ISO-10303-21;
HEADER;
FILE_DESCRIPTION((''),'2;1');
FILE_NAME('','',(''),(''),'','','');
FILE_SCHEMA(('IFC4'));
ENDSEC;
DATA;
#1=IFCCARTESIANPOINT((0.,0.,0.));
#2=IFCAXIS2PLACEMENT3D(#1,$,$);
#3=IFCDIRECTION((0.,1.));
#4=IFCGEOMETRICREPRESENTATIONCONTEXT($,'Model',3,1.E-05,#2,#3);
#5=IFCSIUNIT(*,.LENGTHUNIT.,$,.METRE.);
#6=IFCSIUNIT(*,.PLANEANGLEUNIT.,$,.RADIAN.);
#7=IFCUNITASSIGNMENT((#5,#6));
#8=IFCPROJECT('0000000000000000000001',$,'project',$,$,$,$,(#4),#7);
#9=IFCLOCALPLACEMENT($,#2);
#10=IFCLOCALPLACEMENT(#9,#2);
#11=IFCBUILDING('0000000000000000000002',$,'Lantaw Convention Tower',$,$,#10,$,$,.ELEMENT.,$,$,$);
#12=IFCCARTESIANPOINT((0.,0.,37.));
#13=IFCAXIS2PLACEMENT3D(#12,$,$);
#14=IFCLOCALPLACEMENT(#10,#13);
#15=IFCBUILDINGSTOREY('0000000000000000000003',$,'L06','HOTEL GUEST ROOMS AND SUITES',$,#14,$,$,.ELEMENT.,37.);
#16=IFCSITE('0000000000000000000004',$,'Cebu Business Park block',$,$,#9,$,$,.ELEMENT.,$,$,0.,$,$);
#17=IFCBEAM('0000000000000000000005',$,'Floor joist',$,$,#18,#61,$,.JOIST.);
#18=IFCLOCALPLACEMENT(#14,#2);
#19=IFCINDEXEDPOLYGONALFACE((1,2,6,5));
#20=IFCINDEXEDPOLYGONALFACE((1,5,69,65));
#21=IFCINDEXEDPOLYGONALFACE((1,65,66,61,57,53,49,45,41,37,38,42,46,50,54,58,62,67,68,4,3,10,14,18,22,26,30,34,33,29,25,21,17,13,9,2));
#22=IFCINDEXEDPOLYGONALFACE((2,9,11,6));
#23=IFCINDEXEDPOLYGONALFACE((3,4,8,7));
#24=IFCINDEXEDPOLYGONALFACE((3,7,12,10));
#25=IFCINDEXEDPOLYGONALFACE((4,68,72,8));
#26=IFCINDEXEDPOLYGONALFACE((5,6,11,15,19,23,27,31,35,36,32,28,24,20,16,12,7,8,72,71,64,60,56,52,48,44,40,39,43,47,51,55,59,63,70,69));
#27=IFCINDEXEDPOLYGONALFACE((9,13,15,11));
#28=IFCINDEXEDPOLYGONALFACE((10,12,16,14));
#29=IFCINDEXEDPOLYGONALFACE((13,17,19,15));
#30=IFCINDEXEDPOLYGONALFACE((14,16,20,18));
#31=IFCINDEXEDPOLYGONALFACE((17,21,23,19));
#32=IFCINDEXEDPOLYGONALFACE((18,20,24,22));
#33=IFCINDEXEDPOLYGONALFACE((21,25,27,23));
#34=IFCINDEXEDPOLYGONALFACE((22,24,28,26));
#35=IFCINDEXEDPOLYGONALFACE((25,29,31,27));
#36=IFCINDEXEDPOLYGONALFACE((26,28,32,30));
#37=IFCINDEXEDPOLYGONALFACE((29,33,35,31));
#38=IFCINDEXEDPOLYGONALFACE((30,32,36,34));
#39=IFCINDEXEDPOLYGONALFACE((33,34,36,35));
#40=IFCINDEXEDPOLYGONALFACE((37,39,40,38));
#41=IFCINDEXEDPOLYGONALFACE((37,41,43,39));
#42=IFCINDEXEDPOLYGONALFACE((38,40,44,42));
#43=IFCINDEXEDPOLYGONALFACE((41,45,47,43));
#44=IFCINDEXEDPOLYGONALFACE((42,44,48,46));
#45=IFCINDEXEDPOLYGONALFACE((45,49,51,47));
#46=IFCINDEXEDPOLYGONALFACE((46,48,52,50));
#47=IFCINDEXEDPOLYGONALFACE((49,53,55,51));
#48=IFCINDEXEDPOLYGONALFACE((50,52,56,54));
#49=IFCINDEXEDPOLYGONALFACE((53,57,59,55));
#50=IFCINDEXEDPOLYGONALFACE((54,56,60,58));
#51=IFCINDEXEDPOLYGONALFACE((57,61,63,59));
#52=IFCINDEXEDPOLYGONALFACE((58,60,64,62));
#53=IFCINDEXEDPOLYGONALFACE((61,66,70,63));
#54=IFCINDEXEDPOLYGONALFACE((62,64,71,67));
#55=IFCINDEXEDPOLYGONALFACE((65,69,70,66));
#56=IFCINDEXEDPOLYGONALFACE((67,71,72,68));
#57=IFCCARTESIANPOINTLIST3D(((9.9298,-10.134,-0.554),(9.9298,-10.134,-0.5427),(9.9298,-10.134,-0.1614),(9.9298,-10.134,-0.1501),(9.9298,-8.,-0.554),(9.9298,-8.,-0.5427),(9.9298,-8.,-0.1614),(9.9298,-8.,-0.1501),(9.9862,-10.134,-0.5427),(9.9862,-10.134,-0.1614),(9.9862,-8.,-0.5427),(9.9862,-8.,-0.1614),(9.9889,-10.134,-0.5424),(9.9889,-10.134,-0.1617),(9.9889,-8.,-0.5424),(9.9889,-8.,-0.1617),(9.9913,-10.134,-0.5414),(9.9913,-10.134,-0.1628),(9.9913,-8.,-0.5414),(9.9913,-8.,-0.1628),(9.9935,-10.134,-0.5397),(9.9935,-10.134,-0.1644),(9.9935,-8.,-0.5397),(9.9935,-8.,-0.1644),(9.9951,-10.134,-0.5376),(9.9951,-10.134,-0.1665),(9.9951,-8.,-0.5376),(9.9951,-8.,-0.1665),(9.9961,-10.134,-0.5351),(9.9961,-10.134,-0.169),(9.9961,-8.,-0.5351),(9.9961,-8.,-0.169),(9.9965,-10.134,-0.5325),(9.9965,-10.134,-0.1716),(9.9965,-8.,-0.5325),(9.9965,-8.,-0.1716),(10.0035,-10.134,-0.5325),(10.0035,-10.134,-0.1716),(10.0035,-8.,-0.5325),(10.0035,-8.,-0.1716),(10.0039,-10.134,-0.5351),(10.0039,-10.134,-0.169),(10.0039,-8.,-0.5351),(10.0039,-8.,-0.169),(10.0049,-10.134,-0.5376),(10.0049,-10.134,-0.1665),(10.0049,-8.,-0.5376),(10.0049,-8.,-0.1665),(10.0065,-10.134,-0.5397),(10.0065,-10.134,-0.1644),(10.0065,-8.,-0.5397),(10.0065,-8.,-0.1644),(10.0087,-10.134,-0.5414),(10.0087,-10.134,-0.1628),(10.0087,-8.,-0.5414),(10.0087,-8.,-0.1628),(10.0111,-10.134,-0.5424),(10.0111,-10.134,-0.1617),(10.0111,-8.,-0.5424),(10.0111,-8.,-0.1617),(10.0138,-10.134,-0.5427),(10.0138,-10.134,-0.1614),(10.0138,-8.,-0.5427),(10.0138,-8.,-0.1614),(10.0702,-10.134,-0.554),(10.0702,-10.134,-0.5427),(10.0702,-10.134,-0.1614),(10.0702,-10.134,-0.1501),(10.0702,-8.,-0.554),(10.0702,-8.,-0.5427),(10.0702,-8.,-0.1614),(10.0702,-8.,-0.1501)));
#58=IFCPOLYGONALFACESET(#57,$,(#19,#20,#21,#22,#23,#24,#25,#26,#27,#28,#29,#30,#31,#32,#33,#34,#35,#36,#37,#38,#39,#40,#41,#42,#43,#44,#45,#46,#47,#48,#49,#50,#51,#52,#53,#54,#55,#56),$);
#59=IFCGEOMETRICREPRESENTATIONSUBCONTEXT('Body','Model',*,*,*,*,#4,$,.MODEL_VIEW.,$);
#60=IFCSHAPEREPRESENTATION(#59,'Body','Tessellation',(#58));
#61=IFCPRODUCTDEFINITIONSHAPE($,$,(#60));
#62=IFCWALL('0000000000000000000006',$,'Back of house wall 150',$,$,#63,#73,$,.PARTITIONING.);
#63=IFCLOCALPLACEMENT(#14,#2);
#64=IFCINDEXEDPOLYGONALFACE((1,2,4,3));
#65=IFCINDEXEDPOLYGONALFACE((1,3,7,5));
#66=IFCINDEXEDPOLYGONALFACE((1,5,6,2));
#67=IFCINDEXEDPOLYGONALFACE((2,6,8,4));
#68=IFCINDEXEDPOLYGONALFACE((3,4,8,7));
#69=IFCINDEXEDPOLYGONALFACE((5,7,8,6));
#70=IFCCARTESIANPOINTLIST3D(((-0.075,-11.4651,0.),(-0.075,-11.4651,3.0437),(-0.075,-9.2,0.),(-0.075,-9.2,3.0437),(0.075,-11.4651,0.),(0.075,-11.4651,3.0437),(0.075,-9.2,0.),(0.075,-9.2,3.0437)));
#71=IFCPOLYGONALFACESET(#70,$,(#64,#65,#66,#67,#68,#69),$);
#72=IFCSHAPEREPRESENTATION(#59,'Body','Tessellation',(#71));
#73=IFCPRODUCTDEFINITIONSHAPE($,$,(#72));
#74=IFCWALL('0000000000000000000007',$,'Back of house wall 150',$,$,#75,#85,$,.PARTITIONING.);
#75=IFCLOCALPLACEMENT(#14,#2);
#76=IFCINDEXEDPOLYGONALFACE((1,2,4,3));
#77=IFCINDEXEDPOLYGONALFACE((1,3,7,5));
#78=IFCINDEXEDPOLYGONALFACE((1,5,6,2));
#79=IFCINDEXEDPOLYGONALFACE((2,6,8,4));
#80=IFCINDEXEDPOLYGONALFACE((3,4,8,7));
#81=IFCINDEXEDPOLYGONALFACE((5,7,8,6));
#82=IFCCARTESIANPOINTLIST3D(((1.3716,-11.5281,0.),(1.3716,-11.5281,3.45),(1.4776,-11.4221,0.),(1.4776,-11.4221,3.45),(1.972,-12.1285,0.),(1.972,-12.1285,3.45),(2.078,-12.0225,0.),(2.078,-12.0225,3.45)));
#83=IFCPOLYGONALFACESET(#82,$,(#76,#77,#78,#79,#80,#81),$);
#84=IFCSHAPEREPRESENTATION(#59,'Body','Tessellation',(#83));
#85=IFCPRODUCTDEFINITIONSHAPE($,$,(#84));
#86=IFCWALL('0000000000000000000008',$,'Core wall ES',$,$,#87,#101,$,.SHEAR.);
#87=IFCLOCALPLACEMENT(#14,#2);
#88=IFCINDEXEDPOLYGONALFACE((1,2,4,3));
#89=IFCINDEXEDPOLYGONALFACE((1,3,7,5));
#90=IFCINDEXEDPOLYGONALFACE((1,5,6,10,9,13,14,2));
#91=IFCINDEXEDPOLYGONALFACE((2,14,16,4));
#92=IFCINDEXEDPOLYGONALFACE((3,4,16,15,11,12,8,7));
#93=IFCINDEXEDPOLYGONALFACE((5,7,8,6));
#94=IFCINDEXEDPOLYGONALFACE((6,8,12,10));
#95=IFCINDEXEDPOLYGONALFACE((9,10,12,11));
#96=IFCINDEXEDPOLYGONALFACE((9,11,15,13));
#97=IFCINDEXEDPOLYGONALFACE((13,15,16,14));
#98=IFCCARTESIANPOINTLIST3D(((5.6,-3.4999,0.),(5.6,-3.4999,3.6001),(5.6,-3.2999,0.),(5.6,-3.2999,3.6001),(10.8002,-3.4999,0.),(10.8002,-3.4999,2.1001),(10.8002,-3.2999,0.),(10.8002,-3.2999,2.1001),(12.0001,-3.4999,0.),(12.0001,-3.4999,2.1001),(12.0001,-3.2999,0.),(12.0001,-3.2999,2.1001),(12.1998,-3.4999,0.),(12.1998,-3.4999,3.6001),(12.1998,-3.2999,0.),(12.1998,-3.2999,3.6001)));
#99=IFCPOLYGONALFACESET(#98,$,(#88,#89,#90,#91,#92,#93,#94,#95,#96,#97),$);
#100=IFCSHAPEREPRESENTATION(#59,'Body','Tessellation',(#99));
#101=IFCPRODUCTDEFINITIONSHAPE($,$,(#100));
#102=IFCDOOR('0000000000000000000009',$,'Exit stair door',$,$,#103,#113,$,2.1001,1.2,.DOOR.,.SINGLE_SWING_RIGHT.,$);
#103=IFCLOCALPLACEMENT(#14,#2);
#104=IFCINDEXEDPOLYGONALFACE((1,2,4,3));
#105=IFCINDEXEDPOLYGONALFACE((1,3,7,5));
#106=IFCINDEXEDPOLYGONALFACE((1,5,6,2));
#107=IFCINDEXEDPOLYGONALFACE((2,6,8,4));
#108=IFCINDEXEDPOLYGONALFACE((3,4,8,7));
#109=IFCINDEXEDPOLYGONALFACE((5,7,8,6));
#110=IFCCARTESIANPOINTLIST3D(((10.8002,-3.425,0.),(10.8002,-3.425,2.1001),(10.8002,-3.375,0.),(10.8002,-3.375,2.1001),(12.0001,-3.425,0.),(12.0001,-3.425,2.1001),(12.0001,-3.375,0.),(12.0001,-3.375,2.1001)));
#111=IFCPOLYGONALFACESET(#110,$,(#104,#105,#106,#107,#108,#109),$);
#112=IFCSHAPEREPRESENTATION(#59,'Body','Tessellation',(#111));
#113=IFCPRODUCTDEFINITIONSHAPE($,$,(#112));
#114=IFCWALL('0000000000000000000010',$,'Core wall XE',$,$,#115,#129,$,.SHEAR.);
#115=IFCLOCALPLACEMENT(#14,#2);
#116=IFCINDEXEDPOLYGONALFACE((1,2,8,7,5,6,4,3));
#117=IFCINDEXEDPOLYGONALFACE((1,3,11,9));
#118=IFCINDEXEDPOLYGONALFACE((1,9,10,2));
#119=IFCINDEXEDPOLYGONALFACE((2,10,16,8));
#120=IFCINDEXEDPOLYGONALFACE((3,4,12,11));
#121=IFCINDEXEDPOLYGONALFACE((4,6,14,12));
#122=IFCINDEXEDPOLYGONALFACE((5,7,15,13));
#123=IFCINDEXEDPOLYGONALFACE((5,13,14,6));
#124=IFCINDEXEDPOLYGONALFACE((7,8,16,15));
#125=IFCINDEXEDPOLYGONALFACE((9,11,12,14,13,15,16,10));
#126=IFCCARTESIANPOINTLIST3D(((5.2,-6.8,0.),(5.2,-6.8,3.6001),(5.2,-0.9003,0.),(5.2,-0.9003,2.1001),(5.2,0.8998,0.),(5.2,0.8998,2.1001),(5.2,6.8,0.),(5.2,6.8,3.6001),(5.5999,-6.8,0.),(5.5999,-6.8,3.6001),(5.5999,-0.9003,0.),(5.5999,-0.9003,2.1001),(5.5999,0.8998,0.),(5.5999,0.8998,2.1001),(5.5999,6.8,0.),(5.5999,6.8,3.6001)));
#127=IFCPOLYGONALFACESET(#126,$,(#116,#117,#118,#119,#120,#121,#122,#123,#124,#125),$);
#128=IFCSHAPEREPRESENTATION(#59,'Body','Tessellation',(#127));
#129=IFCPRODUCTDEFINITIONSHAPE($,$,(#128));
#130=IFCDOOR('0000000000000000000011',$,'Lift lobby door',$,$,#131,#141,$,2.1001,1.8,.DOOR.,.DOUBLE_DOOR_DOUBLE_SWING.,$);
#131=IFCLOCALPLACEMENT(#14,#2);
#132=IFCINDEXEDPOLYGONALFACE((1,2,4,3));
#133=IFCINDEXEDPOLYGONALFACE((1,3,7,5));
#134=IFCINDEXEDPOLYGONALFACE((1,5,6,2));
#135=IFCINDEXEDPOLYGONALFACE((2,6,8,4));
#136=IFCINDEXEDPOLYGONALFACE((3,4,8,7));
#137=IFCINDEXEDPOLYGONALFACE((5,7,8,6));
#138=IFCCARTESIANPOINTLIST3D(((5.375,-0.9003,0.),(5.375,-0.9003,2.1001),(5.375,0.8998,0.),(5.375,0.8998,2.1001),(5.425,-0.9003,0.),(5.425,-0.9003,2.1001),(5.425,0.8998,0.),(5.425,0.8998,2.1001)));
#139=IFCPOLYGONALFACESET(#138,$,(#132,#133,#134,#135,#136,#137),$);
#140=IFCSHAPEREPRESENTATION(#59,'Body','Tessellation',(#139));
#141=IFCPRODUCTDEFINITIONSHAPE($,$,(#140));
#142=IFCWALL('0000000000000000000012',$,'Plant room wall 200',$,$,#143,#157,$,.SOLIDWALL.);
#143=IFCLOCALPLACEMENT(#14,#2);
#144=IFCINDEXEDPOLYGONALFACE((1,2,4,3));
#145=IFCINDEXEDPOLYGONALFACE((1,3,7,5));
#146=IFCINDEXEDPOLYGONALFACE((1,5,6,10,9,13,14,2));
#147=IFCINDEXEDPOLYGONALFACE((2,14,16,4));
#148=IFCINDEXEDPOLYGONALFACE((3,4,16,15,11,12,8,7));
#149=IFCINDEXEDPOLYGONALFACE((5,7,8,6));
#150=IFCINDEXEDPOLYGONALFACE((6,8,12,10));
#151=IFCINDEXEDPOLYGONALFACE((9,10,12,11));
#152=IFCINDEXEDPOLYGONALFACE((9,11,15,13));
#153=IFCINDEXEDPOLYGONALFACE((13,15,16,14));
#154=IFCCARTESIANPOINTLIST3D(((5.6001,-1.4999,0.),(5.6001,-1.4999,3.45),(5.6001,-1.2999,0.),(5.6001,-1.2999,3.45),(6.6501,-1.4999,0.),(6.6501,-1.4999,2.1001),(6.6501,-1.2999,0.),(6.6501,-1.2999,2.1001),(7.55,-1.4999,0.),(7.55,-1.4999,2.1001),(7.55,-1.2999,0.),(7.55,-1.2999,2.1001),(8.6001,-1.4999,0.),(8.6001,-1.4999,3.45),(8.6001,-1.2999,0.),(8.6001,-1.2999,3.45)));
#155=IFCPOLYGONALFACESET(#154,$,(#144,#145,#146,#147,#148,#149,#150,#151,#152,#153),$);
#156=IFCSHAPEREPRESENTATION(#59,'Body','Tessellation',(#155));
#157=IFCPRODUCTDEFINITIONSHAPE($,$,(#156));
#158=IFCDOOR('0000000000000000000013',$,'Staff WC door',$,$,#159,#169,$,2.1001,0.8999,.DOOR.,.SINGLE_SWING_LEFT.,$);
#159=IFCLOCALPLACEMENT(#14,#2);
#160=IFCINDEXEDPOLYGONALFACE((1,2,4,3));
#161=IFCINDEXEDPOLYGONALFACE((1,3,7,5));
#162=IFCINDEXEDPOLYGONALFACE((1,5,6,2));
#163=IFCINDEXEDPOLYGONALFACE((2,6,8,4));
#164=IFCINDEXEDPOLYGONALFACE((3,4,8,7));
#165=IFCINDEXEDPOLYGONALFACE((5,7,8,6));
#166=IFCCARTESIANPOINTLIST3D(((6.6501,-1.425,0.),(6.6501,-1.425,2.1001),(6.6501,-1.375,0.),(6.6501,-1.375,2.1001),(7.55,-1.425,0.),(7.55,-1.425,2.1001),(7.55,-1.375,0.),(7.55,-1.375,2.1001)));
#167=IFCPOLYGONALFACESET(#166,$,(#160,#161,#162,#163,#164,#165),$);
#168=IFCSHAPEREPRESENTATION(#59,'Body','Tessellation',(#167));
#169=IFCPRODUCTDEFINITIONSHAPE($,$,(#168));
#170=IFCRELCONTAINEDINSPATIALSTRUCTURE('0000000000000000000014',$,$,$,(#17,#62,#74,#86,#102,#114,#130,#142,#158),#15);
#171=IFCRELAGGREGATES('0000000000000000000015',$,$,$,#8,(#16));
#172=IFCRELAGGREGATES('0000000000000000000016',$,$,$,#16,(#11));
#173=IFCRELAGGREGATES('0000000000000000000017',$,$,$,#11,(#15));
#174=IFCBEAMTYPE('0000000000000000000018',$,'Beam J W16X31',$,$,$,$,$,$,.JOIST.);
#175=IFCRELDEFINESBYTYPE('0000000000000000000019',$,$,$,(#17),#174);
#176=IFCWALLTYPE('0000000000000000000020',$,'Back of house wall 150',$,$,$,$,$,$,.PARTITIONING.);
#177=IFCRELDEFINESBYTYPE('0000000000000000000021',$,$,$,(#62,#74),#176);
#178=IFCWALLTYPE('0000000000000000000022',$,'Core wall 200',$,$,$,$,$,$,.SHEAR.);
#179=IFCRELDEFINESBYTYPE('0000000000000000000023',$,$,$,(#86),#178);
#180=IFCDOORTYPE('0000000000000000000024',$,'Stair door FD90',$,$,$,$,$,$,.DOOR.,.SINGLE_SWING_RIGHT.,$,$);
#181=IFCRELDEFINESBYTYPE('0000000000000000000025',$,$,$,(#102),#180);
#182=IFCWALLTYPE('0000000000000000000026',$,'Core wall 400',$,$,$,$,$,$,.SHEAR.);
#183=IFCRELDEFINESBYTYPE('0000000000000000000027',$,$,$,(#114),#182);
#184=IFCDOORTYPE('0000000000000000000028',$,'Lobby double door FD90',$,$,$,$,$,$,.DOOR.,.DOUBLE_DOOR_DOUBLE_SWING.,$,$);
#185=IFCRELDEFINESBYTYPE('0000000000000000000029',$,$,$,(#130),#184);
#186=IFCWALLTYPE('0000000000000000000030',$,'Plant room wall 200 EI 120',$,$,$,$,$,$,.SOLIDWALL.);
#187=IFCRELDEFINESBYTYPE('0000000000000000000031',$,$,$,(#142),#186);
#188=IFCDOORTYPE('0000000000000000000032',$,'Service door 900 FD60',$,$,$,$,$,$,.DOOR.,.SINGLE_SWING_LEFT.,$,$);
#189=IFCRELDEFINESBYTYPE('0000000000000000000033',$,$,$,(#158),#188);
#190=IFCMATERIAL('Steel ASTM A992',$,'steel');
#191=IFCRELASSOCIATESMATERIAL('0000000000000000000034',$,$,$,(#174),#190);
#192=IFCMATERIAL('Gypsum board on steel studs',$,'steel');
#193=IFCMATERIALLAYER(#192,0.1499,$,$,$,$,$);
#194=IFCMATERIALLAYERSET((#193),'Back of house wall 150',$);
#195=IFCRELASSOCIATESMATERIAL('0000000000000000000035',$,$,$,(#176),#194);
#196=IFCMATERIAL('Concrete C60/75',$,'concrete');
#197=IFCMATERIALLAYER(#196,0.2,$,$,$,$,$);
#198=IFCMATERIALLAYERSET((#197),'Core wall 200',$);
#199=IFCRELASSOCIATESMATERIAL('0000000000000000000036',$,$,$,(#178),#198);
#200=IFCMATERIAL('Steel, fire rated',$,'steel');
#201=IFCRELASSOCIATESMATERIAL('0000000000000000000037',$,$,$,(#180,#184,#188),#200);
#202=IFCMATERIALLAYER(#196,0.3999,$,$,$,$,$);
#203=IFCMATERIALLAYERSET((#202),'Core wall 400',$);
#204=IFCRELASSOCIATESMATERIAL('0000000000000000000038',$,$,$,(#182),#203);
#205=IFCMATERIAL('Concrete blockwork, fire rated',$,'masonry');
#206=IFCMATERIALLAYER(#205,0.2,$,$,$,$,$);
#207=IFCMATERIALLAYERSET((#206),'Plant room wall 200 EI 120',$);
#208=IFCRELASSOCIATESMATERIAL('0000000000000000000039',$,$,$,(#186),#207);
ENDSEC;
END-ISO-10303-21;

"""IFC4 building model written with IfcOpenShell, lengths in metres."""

from ifc_helpers import new_model, si_unit, direction, frame, frame_2d, origin, origin_2d, place, context, subcontext, project, spatial, rectangle, i_section, extrude, material, layer, layer_set, material_profile, profile_set, type_object, element, fill, save


model = new_model("IFC4")

# Units and contexts
model_context = context("Model", 3, precision=1e-05, world=origin(), true_north=direction((0.0, 1.0)))
body_context = subcontext(model_context, "Body", "Model", "MODEL_VIEW")
ifc_project = project(units=[si_unit("LENGTHUNIT", "METRE"), si_unit("PLANEANGLEUNIT", "RADIAN")], contexts=[model_context])

# Site, building, storey
site_placement = place(None, origin())
site = spatial("IfcSite", under=ifc_project, at=site_placement, Name="Cebu Business Park block", CompositionType="ELEMENT", RefElevation=0.0)
building_placement = place(site_placement, origin())
building = spatial("IfcBuilding", under=site, at=building_placement, Name="Lantaw Convention Tower", CompositionType="ELEMENT")
storey_placement = place(building_placement, frame((0.0, 0.0, 37.0)))
storey = spatial("IfcBuildingStorey", under=building, at=storey_placement, Name="L06", Description="HOTEL GUEST ROOMS AND SUITES", CompositionType="ELEMENT", Elevation=37.0)

# Beam
ifc_material_1 = material(Name="Steel ASTM A992", Category="steel")
ifc_material_profile_1 = material_profile(ifc_material_1, i_section(OverallWidth=0.1404, OverallDepth=0.4038, WebThickness=0.0071, FlangeThickness=0.0112, FilletRadius=0.0103, at=origin_2d()), Name="W16X31")
ifc_profile_set_1 = profile_set([ifc_material_profile_1], Name="Steel ASTM A992")
beam_type_1 = type_object("IfcBeamType", Name="Beam J W16X31", PredefinedType="JOIST", material=ifc_profile_set_1)
beam_1_placement = place(storey_placement, frame((10.0, -10.134, -0.3521), z_axis=(0.0, 1.0, 0.0), x_axis=(-1.0, 0.0, 0.0)))
element("IfcBeam", 1, at=beam_1_placement, inside=storey, type_object=beam_type_1, Name="Floor joist", PredefinedType="JOIST", context=body_context, shape_type="SweptSolid", body=[
    extrude(i_section(OverallWidth=0.1404, OverallDepth=0.4038, WebThickness=0.0071, FlangeThickness=0.0112, FilletRadius=0.0103, at=origin_2d()), origin(), (0.0, 0.0, 1.0), 2.134),
])

# Walls
ifc_material_2 = material(Name="Gypsum board on steel studs", Category="steel")
ifc_layer_1 = layer(ifc_material_2, 0.1499)
ifc_layer_set_1 = layer_set([ifc_layer_1], Name="Back of house wall 150")
wall_type_1 = type_object("IfcWallType", Name="Back of house wall 150", PredefinedType="PARTITIONING", material=ifc_layer_set_1)
wall_1_placement = place(storey_placement, frame((0.0, -9.2, 0.0), z_axis=(0.0, 0.0, 1.0), x_axis=(0.0, -1.0, 0.0)))
element("IfcWall", 2, at=wall_1_placement, inside=storey, type_object=wall_type_1, Name="Back of house wall 150", PredefinedType="PARTITIONING", context=body_context, shape_type="SweptSolid", body=[
    extrude(rectangle(XDim=2.2651, YDim=0.1499, at=frame_2d((1.1326, 0.0))), origin(), (0.0, 0.0, 1.0), 3.0437),
])
wall_2_placement = place(storey_placement, frame((1.4246, -11.4751, 0.0), z_axis=(0.0, 0.0, 1.0), x_axis=(0.707107, -0.707107, 0.0)))
element("IfcWall", 3, at=wall_2_placement, inside=storey, type_object=wall_type_1, Name="Back of house wall 150", PredefinedType="PARTITIONING", context=body_context, shape_type="SweptSolid", body=[
    extrude(rectangle(XDim=0.8491, YDim=0.1499, at=frame_2d((0.4246, 0.0))), origin(), (0.0, 0.0, 1.0), 3.45),
])

# Walls, openings, doors
ifc_material_3 = material(Name="Concrete C60/75", Category="concrete")
ifc_layer_2 = layer(ifc_material_3, 0.2)
ifc_layer_set_2 = layer_set([ifc_layer_2], Name="Core wall 200")
wall_type_2 = type_object("IfcWallType", Name="Core wall 200", PredefinedType="SHEAR", material=ifc_layer_set_2)
wall_3_placement = place(storey_placement, frame((5.6001, -3.3999, 0.0), z_axis=(0.0, 0.0, 1.0), x_axis=(1.0, 0.0, 0.0)))
wall_3 = element("IfcWall", 4, at=wall_3_placement, inside=storey, type_object=wall_type_2, Name="Core wall ES", PredefinedType="SHEAR", context=body_context, shape_type="SweptSolid", body=[
    extrude(rectangle(XDim=6.5999, YDim=0.2, at=frame_2d((3.2998, 0.0))), origin(), (0.0, 0.0, 1.0), 3.6001),
])
opening_1_placement = place(wall_3_placement, frame((5.2, 0.0, 0.0)))
opening_1 = element("IfcOpeningElement", 5, at=opening_1_placement, cuts=wall_3, PredefinedType="OPENING", context=body_context, shape_type="SweptSolid", body=[
    extrude(rectangle(XDim=1.2, YDim=2.1001, at=frame_2d((0.6001, 1.05))), frame((0.0, 0.1099, 0.0), z_axis=(0.0, -1.0, 0.0), x_axis=(1.0, 0.0, 0.0)), (0.0, 0.0, 1.0), 0.22),
])
ifc_material_4 = material(Name="Steel, fire rated", Category="steel")
door_type_1 = type_object("IfcDoorType", Name="Stair door FD90", OperationType="SINGLE_SWING_RIGHT", PredefinedType="DOOR", material=ifc_material_4)
door_1_placement = place(opening_1_placement, origin())
door_1 = element("IfcDoor", 6, at=door_1_placement, inside=storey, type_object=door_type_1, Name="Exit stair door", OperationType="SINGLE_SWING_RIGHT", OverallHeight=2.1001, OverallWidth=1.2, PredefinedType="DOOR", context=body_context, shape_type="SweptSolid", body=[
    extrude(rectangle(XDim=1.2, YDim=2.1001, at=frame_2d((0.6001, 1.05))), frame((0.0, 0.0249, 0.0), z_axis=(0.0, -1.0, 0.0), x_axis=(1.0, 0.0, 0.0)), (0.0, 0.0, 1.0), 0.05),
])
fill(opening_1, door_1)
ifc_layer_3 = layer(ifc_material_3, 0.3999)
ifc_layer_set_3 = layer_set([ifc_layer_3], Name="Core wall 400")
wall_type_3 = type_object("IfcWallType", Name="Core wall 400", PredefinedType="SHEAR", material=ifc_layer_set_3)
wall_4_placement = place(storey_placement, frame((5.3999, -6.8, 0.0), z_axis=(0.0, 0.0, 1.0), x_axis=(0.0, 1.0, 0.0)))
wall_4 = element("IfcWall", 7, at=wall_4_placement, inside=storey, type_object=wall_type_3, Name="Core wall XE", PredefinedType="SHEAR", context=body_context, shape_type="SweptSolid", body=[
    extrude(rectangle(XDim=13.6001, YDim=0.3999, at=frame_2d((6.8, 0.0))), origin(), (0.0, 0.0, 1.0), 3.6001),
])
opening_2_placement = place(wall_4_placement, frame((5.8999, 0.0, 0.0)))
opening_2 = element("IfcOpeningElement", 8, at=opening_2_placement, cuts=wall_4, PredefinedType="OPENING", context=body_context, shape_type="SweptSolid", body=[
    extrude(rectangle(XDim=1.8, YDim=2.1001, at=frame_2d((0.8999, 1.05))), frame((0.0, 0.21, 0.0), z_axis=(0.0, -1.0, 0.0), x_axis=(1.0, 0.0, 0.0)), (0.0, 0.0, 1.0), 0.4199),
])
door_type_2 = type_object("IfcDoorType", Name="Lobby double door FD90", OperationType="DOUBLE_DOOR_DOUBLE_SWING", PredefinedType="DOOR", material=ifc_material_4)
door_2_placement = place(opening_2_placement, origin())
door_2 = element("IfcDoor", 9, at=door_2_placement, inside=storey, type_object=door_type_2, Name="Lift lobby door", OperationType="DOUBLE_DOOR_DOUBLE_SWING", OverallHeight=2.1001, OverallWidth=1.8, PredefinedType="DOOR", context=body_context, shape_type="SweptSolid", body=[
    extrude(rectangle(XDim=1.8, YDim=2.1001, at=frame_2d((0.8999, 1.05))), frame((0.0, 0.0249, 0.0), z_axis=(0.0, -1.0, 0.0), x_axis=(1.0, 0.0, 0.0)), (0.0, 0.0, 1.0), 0.05),
])
fill(opening_2, door_2)
ifc_material_5 = material(Name="Concrete blockwork, fire rated", Category="masonry")
ifc_layer_4 = layer(ifc_material_5, 0.2)
ifc_layer_set_4 = layer_set([ifc_layer_4], Name="Plant room wall 200 EI 120")
wall_type_4 = type_object("IfcWallType", Name="Plant room wall 200 EI 120", PredefinedType="SOLIDWALL", material=ifc_layer_set_4)
wall_5_placement = place(storey_placement, frame((5.6001, -1.3999, 0.0), z_axis=(0.0, 0.0, 1.0), x_axis=(1.0, 0.0, 0.0)))
wall_5 = element("IfcWall", 10, at=wall_5_placement, inside=storey, type_object=wall_type_4, Name="Plant room wall 200", PredefinedType="SOLIDWALL", context=body_context, shape_type="SweptSolid", body=[
    extrude(rectangle(XDim=3.0, YDim=0.2, at=frame_2d((1.5, 0.0))), origin(), (0.0, 0.0, 1.0), 3.45),
])
opening_3_placement = place(wall_5_placement, frame((1.05, 0.0, 0.0)))
opening_3 = element("IfcOpeningElement", 11, at=opening_3_placement, cuts=wall_5, PredefinedType="OPENING", context=body_context, shape_type="SweptSolid", body=[
    extrude(rectangle(XDim=0.8999, YDim=2.1001, at=frame_2d((0.45, 1.05))), frame((0.0, 0.1099, 0.0), z_axis=(0.0, -1.0, 0.0), x_axis=(1.0, 0.0, 0.0)), (0.0, 0.0, 1.0), 0.22),
])
door_type_3 = type_object("IfcDoorType", Name="Service door 900 FD60", OperationType="SINGLE_SWING_LEFT", PredefinedType="DOOR", material=ifc_material_4)
door_3_placement = place(opening_3_placement, origin())
door_3 = element("IfcDoor", 12, at=door_3_placement, inside=storey, type_object=door_type_3, Name="Staff WC door", OperationType="SINGLE_SWING_LEFT", OverallHeight=2.1001, OverallWidth=0.8999, PredefinedType="DOOR", context=body_context, shape_type="SweptSolid", body=[
    extrude(rectangle(XDim=0.8999, YDim=2.1001, at=frame_2d((0.45, 1.05))), frame((0.0, 0.0249, 0.0), z_axis=(0.0, -1.0, 0.0), x_axis=(1.0, 0.0, 0.0)), (0.0, 0.0, 1.0), 0.05),
])
fill(opening_3, door_3)

save(model, "model.ifc")
